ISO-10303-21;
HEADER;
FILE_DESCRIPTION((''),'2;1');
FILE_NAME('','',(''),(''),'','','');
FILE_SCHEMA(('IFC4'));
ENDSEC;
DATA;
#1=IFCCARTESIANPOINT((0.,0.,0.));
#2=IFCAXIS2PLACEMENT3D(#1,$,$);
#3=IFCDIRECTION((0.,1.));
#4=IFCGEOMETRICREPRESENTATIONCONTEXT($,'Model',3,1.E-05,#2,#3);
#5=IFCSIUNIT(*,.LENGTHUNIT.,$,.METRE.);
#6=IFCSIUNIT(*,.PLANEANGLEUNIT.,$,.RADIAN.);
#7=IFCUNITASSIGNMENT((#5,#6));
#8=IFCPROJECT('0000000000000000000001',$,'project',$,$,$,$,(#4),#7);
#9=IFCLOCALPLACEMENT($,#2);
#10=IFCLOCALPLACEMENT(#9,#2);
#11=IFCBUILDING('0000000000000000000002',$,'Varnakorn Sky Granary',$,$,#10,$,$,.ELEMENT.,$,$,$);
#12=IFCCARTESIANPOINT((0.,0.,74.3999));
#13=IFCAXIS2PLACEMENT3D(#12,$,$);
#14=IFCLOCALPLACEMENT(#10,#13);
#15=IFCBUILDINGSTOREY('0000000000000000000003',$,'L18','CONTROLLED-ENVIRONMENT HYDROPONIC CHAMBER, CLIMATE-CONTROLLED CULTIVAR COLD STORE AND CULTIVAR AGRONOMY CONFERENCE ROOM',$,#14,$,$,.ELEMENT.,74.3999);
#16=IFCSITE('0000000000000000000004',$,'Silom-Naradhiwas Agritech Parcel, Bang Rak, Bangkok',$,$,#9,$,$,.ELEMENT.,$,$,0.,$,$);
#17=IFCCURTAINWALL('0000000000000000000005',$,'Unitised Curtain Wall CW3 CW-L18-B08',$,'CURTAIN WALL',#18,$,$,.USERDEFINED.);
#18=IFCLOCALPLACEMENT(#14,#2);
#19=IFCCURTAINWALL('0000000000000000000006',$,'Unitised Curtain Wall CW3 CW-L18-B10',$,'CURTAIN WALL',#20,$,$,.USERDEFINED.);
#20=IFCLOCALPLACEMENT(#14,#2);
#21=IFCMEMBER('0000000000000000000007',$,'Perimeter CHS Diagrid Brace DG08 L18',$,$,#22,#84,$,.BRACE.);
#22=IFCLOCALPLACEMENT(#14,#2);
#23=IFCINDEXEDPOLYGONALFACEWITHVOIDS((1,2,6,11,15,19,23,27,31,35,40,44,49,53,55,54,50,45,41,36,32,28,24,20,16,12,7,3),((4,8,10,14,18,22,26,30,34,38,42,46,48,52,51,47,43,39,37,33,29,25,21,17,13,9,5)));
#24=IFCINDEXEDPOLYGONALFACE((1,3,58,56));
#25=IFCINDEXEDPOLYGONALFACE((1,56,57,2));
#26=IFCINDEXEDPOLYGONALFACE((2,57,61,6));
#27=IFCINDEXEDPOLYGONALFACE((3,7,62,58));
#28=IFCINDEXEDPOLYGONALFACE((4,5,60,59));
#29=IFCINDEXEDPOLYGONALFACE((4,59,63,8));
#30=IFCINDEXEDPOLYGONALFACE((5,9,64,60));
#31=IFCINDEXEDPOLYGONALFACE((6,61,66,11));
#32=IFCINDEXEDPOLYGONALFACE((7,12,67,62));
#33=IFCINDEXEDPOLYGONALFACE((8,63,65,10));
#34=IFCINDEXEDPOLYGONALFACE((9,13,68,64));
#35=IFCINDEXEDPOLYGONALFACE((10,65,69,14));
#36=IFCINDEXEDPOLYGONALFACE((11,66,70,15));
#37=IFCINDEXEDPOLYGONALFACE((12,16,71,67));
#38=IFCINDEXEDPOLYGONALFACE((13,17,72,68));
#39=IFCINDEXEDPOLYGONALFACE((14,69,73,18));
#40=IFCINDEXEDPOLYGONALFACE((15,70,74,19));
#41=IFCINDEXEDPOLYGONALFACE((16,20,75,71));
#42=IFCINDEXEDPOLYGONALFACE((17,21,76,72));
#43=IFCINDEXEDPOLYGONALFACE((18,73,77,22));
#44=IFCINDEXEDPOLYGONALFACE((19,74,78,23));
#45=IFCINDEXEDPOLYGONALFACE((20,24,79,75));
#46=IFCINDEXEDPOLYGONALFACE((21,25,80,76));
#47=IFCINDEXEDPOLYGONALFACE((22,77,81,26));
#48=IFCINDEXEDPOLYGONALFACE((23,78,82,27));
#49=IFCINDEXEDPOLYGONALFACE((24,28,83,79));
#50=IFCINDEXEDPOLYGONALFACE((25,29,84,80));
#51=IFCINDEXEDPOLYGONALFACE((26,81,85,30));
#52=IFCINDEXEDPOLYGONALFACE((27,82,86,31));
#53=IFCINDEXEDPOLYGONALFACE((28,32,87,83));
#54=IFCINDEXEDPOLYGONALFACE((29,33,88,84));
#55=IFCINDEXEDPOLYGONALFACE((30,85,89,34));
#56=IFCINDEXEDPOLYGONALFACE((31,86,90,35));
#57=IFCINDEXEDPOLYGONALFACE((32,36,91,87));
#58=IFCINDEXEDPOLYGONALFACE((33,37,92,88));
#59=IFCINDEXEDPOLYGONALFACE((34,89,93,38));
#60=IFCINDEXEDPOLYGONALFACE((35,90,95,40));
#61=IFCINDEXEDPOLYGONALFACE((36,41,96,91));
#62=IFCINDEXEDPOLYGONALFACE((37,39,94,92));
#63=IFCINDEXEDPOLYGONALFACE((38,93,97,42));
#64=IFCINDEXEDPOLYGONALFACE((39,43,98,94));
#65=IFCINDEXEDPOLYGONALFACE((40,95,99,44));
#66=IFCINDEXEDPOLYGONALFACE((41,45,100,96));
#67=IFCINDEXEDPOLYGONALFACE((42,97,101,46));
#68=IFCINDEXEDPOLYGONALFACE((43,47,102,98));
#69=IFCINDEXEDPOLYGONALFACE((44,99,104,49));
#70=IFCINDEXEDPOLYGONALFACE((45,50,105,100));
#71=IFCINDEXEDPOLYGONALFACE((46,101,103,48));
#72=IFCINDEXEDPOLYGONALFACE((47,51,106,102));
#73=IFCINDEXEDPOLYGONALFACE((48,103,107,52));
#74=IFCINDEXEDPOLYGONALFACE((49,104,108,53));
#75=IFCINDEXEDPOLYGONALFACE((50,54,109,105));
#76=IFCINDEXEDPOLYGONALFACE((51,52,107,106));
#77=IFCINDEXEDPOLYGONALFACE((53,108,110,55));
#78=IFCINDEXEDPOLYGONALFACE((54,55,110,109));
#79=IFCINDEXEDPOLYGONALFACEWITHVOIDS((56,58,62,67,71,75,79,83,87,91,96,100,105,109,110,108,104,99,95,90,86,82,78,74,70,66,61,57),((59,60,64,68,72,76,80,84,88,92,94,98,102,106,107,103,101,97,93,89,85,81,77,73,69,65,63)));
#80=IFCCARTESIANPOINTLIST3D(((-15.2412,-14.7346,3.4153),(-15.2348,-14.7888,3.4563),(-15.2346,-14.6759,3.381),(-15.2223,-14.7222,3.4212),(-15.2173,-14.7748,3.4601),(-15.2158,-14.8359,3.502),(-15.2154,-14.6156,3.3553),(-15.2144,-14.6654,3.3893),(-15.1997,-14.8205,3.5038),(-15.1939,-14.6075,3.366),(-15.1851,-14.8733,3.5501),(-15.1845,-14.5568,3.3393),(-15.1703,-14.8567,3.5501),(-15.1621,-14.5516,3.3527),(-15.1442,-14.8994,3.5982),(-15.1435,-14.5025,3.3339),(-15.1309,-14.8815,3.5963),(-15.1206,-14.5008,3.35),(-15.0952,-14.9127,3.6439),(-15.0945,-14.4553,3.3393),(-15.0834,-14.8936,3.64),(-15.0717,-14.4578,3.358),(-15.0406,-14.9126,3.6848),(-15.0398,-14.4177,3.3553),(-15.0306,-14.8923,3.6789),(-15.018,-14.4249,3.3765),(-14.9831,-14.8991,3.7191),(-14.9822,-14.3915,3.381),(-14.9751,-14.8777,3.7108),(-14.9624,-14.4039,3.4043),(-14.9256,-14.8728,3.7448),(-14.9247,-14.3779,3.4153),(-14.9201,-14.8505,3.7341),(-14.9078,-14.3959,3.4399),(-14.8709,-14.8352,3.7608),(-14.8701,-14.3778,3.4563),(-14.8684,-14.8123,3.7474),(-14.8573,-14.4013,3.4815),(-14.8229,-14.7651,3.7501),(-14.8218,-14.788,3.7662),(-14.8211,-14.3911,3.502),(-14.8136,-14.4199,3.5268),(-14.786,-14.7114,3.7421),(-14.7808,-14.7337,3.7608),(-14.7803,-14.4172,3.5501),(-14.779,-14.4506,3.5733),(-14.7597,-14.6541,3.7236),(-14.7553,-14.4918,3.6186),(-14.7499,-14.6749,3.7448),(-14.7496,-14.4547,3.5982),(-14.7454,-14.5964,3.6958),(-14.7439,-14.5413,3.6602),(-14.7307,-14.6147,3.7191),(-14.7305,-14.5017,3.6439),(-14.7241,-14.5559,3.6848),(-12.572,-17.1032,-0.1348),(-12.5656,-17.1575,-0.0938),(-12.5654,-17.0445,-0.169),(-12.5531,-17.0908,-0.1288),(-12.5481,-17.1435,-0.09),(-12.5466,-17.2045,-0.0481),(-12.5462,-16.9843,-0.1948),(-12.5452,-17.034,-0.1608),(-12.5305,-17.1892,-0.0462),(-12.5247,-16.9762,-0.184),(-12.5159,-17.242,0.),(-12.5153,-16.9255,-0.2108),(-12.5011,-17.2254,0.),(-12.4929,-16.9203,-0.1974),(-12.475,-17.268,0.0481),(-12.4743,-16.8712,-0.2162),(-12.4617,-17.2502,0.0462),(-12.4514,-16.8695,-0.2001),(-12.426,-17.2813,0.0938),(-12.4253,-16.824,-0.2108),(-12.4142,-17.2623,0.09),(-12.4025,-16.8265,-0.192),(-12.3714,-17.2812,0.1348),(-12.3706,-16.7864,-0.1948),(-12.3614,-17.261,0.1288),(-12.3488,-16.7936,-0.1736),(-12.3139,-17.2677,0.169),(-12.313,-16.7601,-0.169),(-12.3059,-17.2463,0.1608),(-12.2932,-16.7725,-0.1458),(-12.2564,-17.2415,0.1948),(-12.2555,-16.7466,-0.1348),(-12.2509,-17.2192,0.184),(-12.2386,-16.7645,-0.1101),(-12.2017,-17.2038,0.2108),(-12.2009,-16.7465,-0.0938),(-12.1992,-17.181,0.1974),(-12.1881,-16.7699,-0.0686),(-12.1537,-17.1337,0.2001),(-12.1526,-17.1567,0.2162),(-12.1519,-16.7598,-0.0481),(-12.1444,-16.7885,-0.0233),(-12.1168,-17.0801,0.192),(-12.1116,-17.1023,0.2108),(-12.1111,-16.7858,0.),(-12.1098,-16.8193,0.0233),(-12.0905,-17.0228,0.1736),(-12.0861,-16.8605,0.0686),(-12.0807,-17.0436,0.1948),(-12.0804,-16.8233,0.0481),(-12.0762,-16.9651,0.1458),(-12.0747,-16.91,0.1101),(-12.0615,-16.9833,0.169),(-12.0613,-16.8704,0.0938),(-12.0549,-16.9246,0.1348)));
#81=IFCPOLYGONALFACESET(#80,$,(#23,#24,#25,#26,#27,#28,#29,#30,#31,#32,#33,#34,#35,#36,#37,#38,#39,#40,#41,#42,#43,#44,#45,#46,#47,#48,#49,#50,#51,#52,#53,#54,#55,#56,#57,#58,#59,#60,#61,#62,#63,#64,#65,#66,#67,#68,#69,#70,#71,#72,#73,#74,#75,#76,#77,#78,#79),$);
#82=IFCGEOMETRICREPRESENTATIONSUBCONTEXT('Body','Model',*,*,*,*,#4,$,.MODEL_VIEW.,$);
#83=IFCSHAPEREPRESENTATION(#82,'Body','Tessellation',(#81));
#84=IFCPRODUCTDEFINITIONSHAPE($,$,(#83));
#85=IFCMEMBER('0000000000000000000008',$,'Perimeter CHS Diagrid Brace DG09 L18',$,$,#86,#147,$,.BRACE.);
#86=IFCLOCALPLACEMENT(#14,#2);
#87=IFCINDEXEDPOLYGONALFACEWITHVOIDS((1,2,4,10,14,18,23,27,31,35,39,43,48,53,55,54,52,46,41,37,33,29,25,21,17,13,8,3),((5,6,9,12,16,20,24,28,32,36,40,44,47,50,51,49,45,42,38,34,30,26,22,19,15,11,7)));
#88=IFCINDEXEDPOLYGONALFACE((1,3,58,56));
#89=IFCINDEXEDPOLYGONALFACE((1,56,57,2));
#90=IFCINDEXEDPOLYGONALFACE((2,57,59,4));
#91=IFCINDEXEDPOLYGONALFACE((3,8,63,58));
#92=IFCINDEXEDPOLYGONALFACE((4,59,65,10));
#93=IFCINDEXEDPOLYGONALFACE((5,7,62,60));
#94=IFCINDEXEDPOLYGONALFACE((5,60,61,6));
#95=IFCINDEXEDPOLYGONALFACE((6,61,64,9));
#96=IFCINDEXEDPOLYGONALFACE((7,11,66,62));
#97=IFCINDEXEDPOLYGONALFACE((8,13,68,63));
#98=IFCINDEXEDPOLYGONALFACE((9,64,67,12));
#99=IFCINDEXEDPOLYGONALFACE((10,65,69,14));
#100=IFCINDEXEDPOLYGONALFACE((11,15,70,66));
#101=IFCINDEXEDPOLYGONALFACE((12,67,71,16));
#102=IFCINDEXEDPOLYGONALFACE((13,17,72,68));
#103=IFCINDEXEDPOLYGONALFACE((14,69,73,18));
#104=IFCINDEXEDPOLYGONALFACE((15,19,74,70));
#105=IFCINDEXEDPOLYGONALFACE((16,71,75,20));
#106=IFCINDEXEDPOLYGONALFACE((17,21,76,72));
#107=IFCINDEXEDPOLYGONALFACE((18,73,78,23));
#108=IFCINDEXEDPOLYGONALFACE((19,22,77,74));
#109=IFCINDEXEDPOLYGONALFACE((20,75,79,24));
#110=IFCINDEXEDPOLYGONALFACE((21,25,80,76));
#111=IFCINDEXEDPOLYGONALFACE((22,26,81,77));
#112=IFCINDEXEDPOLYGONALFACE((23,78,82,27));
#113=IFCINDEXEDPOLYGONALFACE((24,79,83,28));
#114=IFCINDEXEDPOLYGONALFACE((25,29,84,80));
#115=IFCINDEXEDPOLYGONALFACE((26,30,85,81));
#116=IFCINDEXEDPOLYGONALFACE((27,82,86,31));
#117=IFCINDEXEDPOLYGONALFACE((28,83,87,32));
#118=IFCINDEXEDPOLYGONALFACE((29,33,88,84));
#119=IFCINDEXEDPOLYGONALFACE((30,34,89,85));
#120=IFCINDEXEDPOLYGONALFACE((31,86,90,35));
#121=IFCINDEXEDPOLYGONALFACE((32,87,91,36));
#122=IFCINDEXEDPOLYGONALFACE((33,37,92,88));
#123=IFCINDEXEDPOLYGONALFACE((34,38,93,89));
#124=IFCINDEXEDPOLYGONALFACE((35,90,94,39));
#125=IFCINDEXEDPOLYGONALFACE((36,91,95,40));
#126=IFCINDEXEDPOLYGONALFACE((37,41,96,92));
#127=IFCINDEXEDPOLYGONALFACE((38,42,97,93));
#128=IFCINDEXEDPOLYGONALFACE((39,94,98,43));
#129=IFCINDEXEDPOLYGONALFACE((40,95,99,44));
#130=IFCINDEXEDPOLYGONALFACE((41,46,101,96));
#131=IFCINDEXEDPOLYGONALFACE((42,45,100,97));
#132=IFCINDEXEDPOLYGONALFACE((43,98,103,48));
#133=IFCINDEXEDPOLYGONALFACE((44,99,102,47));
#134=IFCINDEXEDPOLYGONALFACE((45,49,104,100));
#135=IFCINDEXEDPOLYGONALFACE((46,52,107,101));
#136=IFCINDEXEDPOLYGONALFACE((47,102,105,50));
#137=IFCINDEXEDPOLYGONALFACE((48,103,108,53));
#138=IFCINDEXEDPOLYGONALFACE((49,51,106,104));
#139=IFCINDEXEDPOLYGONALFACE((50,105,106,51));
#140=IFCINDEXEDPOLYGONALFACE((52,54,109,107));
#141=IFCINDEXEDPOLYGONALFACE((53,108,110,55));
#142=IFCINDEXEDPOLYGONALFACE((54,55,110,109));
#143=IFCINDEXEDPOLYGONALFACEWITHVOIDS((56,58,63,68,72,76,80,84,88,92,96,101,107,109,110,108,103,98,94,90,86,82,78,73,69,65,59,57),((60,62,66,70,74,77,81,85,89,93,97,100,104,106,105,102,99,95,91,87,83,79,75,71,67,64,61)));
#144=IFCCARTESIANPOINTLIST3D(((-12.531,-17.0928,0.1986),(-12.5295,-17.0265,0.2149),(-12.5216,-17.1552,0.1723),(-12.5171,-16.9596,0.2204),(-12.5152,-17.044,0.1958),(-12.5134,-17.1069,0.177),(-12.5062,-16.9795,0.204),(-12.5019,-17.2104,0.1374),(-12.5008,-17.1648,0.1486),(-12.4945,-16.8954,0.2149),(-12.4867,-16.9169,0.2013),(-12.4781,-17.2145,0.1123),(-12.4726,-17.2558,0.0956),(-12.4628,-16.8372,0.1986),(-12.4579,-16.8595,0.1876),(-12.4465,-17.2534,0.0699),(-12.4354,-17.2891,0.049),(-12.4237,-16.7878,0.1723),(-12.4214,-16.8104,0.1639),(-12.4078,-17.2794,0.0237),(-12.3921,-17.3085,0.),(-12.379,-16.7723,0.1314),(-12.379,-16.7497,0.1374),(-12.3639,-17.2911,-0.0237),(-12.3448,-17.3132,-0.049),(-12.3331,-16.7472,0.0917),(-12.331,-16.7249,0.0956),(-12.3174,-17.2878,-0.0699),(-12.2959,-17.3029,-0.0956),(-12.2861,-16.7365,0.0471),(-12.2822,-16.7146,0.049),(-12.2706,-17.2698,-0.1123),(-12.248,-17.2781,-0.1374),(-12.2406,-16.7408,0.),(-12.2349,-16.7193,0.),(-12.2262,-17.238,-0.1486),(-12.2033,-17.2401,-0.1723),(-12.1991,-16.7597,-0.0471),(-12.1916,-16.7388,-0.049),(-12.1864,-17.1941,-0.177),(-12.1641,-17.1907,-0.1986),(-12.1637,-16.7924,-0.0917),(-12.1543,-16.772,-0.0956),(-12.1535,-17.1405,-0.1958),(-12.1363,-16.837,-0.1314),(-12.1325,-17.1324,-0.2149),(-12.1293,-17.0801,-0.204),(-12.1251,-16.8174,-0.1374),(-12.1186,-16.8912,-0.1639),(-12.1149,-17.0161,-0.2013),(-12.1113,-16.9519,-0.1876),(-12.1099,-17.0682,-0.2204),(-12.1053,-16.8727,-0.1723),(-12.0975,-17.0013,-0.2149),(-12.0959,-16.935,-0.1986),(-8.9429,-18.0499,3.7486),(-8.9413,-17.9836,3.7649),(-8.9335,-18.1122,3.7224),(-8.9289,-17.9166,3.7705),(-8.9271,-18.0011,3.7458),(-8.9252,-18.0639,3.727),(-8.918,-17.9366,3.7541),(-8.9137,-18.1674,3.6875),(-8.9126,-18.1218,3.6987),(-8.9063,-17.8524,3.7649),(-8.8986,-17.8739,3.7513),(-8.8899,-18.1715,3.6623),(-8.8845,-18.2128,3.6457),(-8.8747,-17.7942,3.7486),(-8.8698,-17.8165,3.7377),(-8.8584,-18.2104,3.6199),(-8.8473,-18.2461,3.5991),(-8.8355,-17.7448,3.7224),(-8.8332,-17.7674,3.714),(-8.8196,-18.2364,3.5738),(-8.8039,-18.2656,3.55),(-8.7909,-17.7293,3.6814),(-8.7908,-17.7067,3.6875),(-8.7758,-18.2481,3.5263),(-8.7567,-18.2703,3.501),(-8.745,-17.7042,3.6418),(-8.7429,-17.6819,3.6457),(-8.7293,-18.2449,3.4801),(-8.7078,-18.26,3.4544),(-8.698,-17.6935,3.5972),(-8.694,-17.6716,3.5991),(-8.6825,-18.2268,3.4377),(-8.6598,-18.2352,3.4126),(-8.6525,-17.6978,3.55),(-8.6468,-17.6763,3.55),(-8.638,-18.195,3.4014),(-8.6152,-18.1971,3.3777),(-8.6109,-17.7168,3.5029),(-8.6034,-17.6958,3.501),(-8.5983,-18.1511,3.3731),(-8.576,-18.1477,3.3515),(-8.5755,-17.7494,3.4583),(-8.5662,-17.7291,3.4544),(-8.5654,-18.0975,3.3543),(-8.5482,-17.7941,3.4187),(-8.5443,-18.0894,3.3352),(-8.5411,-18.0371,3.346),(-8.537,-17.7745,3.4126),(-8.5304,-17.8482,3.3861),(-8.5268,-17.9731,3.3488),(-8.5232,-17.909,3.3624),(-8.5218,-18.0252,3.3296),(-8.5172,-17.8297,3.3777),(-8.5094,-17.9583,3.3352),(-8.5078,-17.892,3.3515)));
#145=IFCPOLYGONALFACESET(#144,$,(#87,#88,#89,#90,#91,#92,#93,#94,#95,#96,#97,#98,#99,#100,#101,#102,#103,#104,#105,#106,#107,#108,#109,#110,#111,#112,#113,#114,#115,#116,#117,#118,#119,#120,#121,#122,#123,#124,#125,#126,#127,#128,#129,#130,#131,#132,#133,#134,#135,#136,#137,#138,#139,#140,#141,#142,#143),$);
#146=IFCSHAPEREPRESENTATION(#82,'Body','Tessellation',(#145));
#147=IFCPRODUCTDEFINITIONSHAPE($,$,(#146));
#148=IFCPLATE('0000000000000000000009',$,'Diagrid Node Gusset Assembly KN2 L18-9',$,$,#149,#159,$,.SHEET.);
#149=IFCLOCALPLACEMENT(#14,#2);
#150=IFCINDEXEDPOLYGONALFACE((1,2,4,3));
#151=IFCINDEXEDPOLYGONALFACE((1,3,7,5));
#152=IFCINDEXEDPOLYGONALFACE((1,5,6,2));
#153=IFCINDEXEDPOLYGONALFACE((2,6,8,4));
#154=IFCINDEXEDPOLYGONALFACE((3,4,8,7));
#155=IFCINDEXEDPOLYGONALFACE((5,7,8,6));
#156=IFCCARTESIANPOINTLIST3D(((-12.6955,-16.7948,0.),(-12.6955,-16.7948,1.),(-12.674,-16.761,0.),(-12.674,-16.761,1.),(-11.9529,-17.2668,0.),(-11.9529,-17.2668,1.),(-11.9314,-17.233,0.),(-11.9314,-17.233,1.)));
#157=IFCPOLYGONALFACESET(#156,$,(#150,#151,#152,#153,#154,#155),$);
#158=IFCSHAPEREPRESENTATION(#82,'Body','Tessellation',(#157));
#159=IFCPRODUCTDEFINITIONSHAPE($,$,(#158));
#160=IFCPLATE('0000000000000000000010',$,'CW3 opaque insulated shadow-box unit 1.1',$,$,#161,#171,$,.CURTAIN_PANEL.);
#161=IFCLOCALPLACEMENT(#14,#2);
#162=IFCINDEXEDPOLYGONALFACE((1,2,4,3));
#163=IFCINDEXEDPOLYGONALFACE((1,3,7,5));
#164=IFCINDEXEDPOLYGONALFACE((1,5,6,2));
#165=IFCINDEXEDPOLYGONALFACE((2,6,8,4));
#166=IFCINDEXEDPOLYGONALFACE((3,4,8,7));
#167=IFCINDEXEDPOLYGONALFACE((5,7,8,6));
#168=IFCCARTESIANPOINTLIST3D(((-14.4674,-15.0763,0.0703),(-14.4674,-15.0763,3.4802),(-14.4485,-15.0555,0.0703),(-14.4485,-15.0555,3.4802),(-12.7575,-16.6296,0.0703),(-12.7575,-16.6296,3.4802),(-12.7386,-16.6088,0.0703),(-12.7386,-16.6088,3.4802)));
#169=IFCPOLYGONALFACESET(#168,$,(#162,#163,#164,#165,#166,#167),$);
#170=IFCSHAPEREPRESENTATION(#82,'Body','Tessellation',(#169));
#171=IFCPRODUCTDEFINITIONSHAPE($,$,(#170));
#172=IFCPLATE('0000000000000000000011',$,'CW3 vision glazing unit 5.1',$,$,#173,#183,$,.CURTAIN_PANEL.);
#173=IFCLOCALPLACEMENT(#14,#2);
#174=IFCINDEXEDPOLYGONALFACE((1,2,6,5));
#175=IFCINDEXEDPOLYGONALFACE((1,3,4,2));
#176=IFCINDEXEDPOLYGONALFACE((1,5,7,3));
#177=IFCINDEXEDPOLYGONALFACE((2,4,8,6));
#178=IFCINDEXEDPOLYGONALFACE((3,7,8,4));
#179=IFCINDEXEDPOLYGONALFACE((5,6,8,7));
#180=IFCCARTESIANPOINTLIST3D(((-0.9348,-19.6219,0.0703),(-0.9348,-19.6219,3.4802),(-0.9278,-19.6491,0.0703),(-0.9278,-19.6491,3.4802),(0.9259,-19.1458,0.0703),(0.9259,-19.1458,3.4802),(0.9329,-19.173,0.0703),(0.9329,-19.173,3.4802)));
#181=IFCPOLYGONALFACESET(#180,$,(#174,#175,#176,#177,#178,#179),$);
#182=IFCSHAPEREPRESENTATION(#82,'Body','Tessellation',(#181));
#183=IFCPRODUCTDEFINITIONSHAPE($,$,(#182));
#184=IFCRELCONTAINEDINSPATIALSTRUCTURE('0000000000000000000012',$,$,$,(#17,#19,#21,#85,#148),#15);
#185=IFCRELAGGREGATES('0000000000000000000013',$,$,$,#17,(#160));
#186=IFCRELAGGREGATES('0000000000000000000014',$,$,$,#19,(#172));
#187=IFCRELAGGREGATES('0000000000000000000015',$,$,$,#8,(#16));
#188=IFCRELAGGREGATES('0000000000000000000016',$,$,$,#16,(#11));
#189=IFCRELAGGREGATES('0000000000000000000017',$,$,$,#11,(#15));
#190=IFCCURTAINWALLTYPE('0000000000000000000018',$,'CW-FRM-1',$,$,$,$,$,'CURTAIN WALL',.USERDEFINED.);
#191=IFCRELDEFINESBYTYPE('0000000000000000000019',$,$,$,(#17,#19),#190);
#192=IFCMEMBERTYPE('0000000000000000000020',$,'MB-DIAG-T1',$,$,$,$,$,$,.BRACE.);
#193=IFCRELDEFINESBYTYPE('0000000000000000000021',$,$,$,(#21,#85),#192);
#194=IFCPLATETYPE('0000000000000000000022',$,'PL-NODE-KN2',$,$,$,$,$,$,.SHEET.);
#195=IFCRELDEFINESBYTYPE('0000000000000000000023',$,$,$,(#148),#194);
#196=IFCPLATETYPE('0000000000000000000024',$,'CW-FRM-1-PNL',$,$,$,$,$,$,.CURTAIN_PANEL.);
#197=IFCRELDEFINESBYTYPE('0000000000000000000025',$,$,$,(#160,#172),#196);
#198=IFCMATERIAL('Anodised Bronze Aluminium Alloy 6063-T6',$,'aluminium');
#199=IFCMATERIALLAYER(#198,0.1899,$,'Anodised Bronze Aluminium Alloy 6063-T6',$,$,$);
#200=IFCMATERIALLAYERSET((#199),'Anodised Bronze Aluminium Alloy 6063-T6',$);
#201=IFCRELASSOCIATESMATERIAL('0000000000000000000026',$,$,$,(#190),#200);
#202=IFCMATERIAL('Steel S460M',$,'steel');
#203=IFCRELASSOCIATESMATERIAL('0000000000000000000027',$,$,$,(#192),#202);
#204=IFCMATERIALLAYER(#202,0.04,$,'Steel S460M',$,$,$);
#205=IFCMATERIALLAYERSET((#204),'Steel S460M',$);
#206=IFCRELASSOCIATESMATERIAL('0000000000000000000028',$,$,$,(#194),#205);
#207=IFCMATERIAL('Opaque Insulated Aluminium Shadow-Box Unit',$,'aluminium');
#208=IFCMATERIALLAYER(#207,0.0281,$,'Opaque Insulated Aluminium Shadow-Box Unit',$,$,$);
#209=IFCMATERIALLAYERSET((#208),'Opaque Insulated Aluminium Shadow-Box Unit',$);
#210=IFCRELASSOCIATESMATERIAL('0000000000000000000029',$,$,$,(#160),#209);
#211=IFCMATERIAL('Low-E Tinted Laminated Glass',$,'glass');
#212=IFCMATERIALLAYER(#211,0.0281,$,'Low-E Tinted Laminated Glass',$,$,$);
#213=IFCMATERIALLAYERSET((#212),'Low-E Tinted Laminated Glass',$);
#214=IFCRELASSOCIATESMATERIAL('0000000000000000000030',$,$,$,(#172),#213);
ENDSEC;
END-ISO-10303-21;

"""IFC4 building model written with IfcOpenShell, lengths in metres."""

from ifc_helpers import new_model, si_unit, direction, frame, origin, origin_2d, place, context, subcontext, project, spatial, rectangle, hollow_circle, extrude, source, transform, mapped, material, layer, layer_set, material_profile, profile_set, type_object, type_shapes, element, aggregate, save


model = new_model("IFC4")

# Units and contexts
model_context = context("Model", 3, precision=1e-05, world=origin(), true_north=direction((0.0, 1.0)))
body_context = subcontext(model_context, "Body", "Model", "MODEL_VIEW")
ifc_project = project(units=[si_unit("LENGTHUNIT", "METRE"), si_unit("PLANEANGLEUNIT", "RADIAN")], contexts=[model_context])

# Site, building, storey
site_placement = place(None, origin())
site = spatial("IfcSite", under=ifc_project, at=site_placement, Name="Silom-Naradhiwas Agritech Parcel, Bang Rak, Bangkok", CompositionType="ELEMENT", RefElevation=0.0)
building_placement = place(site_placement, origin())
building = spatial("IfcBuilding", under=site, at=building_placement, Name="Varnakorn Sky Granary", CompositionType="ELEMENT")
storey_placement = place(building_placement, frame((0.0, 0.0, 74.3999)))
storey = spatial("IfcBuildingStorey", under=building, at=storey_placement, Name="L18", Description="CONTROLLED-ENVIRONMENT HYDROPONIC CHAMBER, CLIMATE-CONTROLLED CULTIVAR COLD STORE AND CULTIVAR AGRONOMY CONFERENCE ROOM", CompositionType="ELEMENT", Elevation=74.3999)

# Shared definitions
ifc_material_1 = material(Name="Steel S460M", Category="steel")

# Curtain walls
ifc_material_2 = material(Name="Anodised Bronze Aluminium Alloy 6063-T6", Category="aluminium")
ifc_layer_1 = layer(ifc_material_2, 0.1899, Name="Anodised Bronze Aluminium Alloy 6063-T6")
ifc_layer_set_1 = layer_set([ifc_layer_1], Name="Anodised Bronze Aluminium Alloy 6063-T6")
curtain_wall_type = type_object("IfcCurtainWallType", Name="CW-FRM-1", ElementType="CURTAIN WALL", PredefinedType="USERDEFINED", material=ifc_layer_set_1)
curtain_wall_1_placement = place(storey_placement, origin())
curtain_wall_1 = element("IfcCurtainWall", 1, at=curtain_wall_1_placement, inside=storey, type_object=curtain_wall_type, Name="Unitised Curtain Wall CW3 CW-L18-B08", ObjectType="CURTAIN WALL", PredefinedType="USERDEFINED")
curtain_wall_2_placement = place(storey_placement, origin())
curtain_wall_2 = element("IfcCurtainWall", 2, at=curtain_wall_2_placement, inside=storey, type_object=curtain_wall_type, Name="Unitised Curtain Wall CW3 CW-L18-B10", ObjectType="CURTAIN WALL", PredefinedType="USERDEFINED")

# Members
ifc_material_profile_1 = material_profile(ifc_material_1, hollow_circle(Radius=0.3049, WallThickness=0.0222, at=origin_2d()), Name="CHS 610x22")
ifc_profile_set_1 = profile_set([ifc_material_profile_1], Name="Steel S460M")
member_type_1 = type_object("IfcMemberType", Name="MB-DIAG-T1", PredefinedType="BRACE", material=ifc_profile_set_1)
member_1_placement = place(storey_placement, frame((-12.3135, -17.0139, 0.0), z_axis=(-0.530266, 0.470561, 0.705259), x_axis=(-0.663744, -0.74796, 0.0)))
element("IfcMember", 3, at=member_1_placement, inside=storey, type_object=member_type_1, Name="Perimeter CHS Diagrid Brace DG08 L18", PredefinedType="BRACE", context=body_context, shape_type="SweptSolid", body=[
    extrude(hollow_circle(Radius=0.3049, WallThickness=0.0222, at=origin_2d()), origin(), (0.0, 0.0, 1.0), 5.0337),
])
member_2_placement = place(storey_placement, frame((-12.3135, -17.0139, 0.0), z_axis=(0.698426, -0.186285, 0.691013), x_axis=(0.257712, 0.966222, 0.0)))
element("IfcMember", 4, at=member_2_placement, inside=storey, type_object=member_type_1, Name="Perimeter CHS Diagrid Brace DG09 L18", PredefinedType="BRACE", context=body_context, shape_type="SweptSolid", body=[
    extrude(hollow_circle(Radius=0.3049, WallThickness=0.0222, at=origin_2d()), origin(), (0.0, 0.0, 1.0), 5.1375),
])

# Plates
ifc_layer_2 = layer(ifc_material_1, 0.04, Name="Steel S460M")
ifc_layer_set_2 = layer_set([ifc_layer_2], Name="Steel S460M")
plate_type_1 = type_object("IfcPlateType", Name="PL-NODE-KN2", PredefinedType="SHEET", material=ifc_layer_set_2)
plate_1_placement = place(storey_placement, frame((-12.3135, -17.0139, 0.0), z_axis=(0.0, 0.0, 1.0), x_axis=(0.843965, -0.536398, 0.0)))
element("IfcPlate", 5, at=plate_1_placement, inside=storey, type_object=plate_type_1, Name="Diagrid Node Gusset Assembly KN2 L18-9", PredefinedType="SHEET", context=body_context, shape_type="SweptSolid", body=[
    extrude(rectangle(XDim=0.8799, YDim=0.04, at=origin_2d()), origin(), (0.0, 0.0, 1.0), 1.0),
])
ifc_material_3 = material(Name="Opaque Insulated Aluminium Shadow-Box Unit", Category="aluminium")
ifc_layer_3 = layer(ifc_material_3, 0.0281, Name="Opaque Insulated Aluminium Shadow-Box Unit")
ifc_layer_set_3 = layer_set([ifc_layer_3], Name="Opaque Insulated Aluminium Shadow-Box Unit")
plate_type_2 = type_object("IfcPlateType", Name="CW-FRM-1-PNL", PredefinedType="CURTAIN_PANEL")
shared_shape_1 = source(origin(), body_context, "Body", "SweptSolid", [
    extrude(rectangle(XDim=2.3101, YDim=0.0281, at=origin_2d()), origin(), (0.0, 0.0, 1.0), 3.4099),
])
plate_2_placement = place(storey_placement, frame((-13.603, -15.8425, 0.0703), z_axis=(0.0, 0.0, 1.0), x_axis=(-0.74019, 0.672398, 0.0)))
plate_2 = element("IfcPlate", 6, at=plate_2_placement, type_object=plate_type_2, material=ifc_layer_set_3, Name="CW3 opaque insulated shadow-box unit 1.1", PredefinedType="CURTAIN_PANEL", context=body_context, shape_type="MappedRepresentation", body=[
    mapped(shared_shape_1, transform((0.0, 0.0, 0.0), x_axis=(1.0, 0.0, 0.0), y_axis=(0.0, 1.0, 0.0), z_axis=(0.0, 0.0, 1.0), scale=1.0)),
])
aggregate(curtain_wall_1, [plate_2])
ifc_material_4 = material(Name="Low-E Tinted Laminated Glass", Category="glass")
ifc_layer_4 = layer(ifc_material_4, 0.0281, Name="Low-E Tinted Laminated Glass")
ifc_layer_set_4 = layer_set([ifc_layer_4], Name="Low-E Tinted Laminated Glass")
shared_shape_2 = source(origin(), body_context, "Body", "SweptSolid", [
    extrude(rectangle(XDim=1.9207, YDim=0.0281, at=origin_2d()), origin(), (0.0, 0.0, 1.0), 3.4099),
])
type_shapes(plate_type_2, [shared_shape_1, shared_shape_2])
plate_3_placement = place(storey_placement, frame((-0.001, -19.3975, 0.0703), z_axis=(0.0, 0.0, 1.0), x_axis=(-0.968785, -0.247901, 0.0)))
plate_3 = element("IfcPlate", 7, at=plate_3_placement, type_object=plate_type_2, material=ifc_layer_set_4, Name="CW3 vision glazing unit 5.1", PredefinedType="CURTAIN_PANEL", context=body_context, shape_type="MappedRepresentation", body=[
    mapped(shared_shape_2, transform((0.0, 0.0, 0.0), x_axis=(1.0, 0.0, 0.0), y_axis=(0.0, 1.0, 0.0), z_axis=(0.0, 0.0, 1.0), scale=1.0)),
])
aggregate(curtain_wall_2, [plate_3])

save(model, "model.ifc")
